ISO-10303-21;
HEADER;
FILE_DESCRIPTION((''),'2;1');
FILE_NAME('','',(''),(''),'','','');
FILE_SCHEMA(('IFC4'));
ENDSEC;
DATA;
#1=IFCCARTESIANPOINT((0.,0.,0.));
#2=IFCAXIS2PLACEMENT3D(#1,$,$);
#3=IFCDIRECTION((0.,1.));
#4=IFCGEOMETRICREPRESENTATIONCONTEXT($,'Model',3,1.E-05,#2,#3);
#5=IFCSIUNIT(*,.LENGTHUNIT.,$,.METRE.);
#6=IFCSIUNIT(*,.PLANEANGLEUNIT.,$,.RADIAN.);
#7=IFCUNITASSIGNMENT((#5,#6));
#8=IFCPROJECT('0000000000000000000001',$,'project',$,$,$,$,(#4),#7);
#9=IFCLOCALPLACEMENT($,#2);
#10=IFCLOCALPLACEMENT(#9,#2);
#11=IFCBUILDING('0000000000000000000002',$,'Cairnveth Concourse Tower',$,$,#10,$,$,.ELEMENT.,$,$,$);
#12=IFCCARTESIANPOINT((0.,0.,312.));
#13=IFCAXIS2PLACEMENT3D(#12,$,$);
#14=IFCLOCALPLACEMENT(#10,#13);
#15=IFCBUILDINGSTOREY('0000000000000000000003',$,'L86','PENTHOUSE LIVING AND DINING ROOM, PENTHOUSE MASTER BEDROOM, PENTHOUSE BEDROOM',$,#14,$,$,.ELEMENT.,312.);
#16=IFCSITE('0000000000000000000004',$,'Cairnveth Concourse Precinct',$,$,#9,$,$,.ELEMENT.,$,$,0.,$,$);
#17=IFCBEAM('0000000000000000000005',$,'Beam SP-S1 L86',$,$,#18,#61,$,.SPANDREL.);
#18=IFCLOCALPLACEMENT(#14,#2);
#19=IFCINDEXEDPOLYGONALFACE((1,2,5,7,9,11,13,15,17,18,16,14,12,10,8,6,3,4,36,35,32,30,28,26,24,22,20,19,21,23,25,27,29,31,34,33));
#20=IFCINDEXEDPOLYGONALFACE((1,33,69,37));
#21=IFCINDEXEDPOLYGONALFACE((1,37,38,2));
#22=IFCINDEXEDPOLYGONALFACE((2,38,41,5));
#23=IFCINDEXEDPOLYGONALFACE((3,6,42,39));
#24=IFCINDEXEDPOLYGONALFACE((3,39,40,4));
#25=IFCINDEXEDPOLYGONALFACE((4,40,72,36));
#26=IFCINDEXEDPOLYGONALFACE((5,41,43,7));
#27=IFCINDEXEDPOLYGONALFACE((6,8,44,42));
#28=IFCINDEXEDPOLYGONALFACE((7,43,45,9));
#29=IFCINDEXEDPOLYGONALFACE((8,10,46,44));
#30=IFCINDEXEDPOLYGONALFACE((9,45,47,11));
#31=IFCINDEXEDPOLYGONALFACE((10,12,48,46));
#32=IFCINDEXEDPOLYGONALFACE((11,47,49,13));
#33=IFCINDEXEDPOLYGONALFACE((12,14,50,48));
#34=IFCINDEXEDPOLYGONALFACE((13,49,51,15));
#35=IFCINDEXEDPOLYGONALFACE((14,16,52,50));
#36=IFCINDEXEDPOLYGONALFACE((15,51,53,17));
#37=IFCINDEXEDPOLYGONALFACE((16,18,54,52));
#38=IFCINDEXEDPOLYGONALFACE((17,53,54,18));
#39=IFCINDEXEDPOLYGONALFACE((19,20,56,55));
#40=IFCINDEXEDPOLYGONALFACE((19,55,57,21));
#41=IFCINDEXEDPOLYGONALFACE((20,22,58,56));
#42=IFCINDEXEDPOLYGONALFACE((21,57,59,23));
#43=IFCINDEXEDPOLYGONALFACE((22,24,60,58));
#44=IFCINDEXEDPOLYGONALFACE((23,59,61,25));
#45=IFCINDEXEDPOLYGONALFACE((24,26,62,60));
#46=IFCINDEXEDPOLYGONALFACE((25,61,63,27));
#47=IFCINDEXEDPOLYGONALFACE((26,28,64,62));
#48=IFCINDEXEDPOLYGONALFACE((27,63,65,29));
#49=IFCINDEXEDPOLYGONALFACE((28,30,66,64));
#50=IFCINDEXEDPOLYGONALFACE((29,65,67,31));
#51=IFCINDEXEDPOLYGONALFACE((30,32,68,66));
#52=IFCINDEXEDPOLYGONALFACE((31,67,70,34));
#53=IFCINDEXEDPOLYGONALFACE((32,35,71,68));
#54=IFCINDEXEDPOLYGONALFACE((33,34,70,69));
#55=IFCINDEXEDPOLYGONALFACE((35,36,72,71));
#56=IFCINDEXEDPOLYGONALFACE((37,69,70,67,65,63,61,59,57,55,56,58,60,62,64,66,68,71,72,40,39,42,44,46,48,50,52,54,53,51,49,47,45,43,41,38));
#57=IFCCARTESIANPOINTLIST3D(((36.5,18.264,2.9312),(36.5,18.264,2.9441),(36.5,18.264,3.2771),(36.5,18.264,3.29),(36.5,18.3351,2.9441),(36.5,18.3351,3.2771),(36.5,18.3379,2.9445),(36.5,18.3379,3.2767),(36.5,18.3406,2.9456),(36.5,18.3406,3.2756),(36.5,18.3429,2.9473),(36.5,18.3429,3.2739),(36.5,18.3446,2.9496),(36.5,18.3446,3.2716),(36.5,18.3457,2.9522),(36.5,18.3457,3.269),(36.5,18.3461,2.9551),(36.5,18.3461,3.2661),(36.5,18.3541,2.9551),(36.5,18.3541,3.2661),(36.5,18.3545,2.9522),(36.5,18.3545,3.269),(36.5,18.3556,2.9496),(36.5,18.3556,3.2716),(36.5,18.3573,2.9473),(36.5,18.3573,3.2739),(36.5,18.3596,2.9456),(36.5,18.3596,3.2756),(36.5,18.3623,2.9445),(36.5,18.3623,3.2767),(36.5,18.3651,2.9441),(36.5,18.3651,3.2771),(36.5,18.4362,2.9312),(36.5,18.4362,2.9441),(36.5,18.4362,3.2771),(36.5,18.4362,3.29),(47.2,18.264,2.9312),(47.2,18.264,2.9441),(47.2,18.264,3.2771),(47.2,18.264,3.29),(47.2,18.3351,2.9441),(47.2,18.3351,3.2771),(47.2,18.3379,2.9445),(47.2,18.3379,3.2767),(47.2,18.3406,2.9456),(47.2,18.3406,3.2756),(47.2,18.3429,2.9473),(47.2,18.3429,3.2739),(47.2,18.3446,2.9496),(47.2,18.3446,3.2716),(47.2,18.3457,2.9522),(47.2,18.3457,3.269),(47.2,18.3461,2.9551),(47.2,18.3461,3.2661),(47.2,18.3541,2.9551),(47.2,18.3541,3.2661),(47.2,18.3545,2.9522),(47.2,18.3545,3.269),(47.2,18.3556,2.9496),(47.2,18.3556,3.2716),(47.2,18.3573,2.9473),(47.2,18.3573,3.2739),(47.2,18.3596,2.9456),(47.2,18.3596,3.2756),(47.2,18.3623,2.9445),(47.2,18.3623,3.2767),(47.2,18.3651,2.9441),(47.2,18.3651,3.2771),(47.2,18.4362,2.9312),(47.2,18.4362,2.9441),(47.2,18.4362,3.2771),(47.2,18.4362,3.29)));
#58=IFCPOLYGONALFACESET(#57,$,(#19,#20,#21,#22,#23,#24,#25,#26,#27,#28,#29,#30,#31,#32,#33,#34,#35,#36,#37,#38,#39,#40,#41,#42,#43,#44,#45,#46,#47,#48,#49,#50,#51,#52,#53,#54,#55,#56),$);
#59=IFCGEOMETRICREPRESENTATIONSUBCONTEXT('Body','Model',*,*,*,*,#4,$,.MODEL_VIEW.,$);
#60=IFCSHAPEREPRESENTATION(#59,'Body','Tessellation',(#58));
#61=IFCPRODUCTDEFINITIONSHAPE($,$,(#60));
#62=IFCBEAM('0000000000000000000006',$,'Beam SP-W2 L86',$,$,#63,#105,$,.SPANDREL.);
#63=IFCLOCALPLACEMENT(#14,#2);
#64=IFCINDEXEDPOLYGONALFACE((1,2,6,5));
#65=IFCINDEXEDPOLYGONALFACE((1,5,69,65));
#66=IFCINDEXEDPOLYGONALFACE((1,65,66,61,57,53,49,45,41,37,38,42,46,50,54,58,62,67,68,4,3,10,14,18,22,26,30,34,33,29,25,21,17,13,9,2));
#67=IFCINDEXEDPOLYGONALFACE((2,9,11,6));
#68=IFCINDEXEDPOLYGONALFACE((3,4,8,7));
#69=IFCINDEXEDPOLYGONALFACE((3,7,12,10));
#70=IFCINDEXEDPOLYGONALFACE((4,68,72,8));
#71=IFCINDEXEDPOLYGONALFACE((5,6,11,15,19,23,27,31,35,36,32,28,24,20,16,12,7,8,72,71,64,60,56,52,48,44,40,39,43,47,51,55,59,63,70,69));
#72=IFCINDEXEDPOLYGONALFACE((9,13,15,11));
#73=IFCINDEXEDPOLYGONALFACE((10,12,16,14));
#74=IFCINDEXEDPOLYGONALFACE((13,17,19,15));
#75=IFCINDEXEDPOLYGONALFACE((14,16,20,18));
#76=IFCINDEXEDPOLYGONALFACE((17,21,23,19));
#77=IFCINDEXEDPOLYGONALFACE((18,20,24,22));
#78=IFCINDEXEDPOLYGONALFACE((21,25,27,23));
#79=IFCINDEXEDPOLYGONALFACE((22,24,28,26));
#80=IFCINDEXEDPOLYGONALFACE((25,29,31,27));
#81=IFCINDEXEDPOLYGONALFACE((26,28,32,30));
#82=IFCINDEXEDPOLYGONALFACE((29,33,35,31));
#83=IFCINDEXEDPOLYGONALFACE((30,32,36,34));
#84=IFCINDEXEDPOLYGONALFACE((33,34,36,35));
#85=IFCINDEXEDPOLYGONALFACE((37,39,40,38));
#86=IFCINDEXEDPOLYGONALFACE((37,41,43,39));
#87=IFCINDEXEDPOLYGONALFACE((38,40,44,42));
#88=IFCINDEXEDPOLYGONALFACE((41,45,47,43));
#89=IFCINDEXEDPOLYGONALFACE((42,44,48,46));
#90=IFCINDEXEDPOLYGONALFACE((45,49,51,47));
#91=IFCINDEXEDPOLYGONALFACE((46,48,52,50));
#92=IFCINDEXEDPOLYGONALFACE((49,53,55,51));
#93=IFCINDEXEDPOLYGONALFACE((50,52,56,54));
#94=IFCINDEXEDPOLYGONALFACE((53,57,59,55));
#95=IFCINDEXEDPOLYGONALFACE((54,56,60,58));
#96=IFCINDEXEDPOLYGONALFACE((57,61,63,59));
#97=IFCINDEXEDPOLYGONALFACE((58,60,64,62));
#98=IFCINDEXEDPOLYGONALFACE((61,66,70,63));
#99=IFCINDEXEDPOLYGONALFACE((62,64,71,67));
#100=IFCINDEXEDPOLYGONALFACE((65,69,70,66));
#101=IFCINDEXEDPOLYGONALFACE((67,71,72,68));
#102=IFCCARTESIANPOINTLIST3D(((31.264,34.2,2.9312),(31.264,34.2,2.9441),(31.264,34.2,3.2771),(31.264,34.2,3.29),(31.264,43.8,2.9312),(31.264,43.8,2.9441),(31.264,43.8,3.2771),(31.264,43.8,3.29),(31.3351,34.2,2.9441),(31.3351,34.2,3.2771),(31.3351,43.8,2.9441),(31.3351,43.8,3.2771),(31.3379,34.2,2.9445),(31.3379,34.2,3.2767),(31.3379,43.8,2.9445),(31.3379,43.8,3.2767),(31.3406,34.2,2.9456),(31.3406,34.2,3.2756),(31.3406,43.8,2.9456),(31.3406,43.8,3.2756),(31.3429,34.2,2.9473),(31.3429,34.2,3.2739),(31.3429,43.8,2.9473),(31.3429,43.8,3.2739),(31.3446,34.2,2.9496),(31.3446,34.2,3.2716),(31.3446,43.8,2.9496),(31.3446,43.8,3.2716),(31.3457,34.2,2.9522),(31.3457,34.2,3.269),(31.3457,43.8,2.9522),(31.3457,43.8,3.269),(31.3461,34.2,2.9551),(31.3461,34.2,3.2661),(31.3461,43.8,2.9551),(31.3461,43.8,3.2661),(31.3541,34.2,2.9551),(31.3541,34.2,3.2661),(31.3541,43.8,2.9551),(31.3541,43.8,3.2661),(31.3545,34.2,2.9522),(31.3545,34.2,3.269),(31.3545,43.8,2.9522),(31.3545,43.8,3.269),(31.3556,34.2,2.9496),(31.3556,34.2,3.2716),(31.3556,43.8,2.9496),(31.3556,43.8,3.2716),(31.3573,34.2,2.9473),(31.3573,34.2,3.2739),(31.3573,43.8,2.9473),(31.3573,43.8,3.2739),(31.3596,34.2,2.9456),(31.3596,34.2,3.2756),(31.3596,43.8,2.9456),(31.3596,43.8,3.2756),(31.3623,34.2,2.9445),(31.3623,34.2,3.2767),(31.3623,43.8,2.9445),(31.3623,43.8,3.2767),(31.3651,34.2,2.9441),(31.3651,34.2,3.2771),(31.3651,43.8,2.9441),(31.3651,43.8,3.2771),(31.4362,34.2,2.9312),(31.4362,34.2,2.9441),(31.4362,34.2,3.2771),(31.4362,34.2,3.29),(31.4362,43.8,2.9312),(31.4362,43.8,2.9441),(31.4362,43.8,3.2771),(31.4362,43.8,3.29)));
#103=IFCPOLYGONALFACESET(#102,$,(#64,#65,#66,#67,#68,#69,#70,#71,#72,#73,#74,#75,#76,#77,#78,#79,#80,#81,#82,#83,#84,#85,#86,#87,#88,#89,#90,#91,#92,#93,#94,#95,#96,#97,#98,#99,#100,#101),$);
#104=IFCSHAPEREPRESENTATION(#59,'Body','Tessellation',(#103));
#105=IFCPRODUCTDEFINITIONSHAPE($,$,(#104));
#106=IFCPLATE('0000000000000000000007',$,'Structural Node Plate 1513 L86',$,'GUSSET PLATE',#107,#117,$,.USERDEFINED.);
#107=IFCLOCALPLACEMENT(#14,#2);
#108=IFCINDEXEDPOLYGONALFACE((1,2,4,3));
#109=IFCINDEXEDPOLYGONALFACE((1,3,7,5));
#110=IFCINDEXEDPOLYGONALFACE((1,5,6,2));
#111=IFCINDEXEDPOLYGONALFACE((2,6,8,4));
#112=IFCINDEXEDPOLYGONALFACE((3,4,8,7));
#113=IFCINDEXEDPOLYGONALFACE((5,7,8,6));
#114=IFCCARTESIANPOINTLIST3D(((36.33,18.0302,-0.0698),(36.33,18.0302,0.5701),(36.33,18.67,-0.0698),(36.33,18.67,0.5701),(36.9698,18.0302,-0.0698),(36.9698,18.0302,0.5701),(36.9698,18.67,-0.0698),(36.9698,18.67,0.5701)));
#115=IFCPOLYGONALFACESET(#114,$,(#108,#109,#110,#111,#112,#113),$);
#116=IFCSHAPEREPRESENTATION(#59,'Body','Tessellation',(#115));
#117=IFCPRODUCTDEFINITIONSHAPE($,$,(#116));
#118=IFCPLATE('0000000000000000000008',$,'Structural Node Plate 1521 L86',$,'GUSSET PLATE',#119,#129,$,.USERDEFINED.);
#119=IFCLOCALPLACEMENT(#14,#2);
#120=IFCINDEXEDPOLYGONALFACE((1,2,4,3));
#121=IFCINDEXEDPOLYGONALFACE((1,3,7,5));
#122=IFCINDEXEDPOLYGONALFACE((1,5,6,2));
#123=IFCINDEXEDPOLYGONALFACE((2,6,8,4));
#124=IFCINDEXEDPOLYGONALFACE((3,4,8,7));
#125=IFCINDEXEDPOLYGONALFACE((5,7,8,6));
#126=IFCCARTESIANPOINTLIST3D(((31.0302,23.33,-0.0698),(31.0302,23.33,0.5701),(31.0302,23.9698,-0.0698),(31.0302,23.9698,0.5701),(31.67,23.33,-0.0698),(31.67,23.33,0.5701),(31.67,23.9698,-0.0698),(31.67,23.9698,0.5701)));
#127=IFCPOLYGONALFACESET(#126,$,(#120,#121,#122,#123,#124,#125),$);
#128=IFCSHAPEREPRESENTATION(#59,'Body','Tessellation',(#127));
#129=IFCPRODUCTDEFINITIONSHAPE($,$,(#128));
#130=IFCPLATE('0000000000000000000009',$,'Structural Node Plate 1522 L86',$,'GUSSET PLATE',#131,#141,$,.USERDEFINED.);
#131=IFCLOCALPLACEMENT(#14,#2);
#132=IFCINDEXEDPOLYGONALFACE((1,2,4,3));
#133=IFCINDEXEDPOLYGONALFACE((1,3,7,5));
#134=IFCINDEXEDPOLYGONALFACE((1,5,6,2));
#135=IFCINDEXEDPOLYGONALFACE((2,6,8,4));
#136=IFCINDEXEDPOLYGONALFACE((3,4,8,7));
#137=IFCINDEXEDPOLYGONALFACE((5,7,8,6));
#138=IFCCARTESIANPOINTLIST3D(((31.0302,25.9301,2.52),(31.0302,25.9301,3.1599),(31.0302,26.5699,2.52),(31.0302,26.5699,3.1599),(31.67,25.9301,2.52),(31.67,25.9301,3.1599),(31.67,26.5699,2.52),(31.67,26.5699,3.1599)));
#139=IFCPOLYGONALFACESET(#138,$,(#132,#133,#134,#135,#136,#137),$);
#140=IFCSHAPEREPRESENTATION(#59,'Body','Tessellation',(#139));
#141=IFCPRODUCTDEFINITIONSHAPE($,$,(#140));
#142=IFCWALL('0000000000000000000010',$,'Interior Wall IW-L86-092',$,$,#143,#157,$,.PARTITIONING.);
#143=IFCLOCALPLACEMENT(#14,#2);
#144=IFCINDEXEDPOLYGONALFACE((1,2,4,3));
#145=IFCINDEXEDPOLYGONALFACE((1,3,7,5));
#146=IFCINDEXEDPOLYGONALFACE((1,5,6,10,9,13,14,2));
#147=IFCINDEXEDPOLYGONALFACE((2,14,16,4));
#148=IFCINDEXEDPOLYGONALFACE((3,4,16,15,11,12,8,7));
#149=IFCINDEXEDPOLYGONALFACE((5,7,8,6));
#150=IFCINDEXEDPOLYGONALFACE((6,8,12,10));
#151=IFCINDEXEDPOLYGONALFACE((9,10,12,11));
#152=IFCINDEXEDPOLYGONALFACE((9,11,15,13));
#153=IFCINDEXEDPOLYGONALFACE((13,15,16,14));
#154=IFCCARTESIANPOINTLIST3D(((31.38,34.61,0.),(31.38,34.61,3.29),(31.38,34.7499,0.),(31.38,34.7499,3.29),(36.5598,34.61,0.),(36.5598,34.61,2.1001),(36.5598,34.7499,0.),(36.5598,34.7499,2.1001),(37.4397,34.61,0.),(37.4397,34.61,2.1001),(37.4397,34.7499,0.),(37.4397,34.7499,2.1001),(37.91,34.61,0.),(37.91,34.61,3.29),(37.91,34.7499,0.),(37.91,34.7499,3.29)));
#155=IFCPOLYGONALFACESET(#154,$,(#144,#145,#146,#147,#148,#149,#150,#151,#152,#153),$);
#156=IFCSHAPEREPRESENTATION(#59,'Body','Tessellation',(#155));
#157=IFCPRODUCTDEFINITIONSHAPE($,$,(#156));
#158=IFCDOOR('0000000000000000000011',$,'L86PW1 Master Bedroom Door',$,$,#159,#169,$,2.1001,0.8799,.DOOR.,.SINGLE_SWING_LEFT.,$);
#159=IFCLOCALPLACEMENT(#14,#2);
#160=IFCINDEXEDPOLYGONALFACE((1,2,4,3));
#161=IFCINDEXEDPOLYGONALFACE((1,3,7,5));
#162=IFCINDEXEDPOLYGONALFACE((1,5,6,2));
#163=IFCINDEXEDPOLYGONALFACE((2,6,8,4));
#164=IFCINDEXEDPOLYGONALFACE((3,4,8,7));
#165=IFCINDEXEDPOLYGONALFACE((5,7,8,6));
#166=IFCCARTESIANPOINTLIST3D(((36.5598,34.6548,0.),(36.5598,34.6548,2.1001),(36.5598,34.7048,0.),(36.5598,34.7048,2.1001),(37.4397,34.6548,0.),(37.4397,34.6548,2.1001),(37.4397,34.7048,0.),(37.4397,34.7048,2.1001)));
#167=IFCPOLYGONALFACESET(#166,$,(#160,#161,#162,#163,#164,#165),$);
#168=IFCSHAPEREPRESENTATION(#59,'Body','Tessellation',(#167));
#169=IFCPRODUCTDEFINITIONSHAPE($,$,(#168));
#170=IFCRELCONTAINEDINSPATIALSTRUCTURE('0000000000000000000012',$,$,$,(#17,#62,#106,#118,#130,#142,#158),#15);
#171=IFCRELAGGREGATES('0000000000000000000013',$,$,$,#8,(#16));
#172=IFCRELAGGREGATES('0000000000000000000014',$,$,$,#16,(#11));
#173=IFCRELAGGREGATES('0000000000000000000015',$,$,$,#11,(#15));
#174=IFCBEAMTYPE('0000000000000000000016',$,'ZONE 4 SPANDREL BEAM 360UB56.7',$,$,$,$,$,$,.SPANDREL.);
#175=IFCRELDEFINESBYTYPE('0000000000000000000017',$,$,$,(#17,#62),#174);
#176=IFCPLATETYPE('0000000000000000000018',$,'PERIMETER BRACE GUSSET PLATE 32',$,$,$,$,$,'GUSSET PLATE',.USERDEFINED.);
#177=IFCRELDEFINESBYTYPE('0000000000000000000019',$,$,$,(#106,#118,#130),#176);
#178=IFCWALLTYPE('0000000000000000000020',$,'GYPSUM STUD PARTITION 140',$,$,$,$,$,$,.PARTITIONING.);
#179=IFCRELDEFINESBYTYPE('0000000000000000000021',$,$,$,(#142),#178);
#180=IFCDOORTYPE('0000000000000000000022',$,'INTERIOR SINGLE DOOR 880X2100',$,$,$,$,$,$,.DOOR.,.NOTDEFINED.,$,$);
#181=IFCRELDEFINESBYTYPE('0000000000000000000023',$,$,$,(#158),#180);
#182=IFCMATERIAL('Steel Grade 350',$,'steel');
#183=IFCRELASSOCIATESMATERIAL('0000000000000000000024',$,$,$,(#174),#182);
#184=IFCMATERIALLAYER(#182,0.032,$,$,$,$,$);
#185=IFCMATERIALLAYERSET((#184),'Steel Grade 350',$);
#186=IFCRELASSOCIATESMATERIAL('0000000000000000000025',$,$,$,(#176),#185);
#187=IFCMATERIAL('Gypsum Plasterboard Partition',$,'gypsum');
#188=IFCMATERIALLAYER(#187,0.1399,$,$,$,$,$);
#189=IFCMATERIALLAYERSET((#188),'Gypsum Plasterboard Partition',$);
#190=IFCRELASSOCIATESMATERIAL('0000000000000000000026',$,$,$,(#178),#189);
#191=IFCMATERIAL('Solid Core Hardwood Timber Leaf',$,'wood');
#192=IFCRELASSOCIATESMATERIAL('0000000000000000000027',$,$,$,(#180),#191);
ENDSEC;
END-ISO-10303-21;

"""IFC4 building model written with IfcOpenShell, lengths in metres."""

from ifc_helpers import new_model, si_unit, direction, frame, frame_2d, origin, origin_2d, place, context, subcontext, project, spatial, rectangle, i_section, extrude, material, layer, layer_set, material_profile, profile_set, type_object, element, fill, save


model = new_model("IFC4")

# Units and contexts
model_context = context("Model", 3, precision=1e-05, world=origin(), true_north=direction((0.0, 1.0)))
body_context = subcontext(model_context, "Body", "Model", "MODEL_VIEW")
ifc_project = project(units=[si_unit("LENGTHUNIT", "METRE"), si_unit("PLANEANGLEUNIT", "RADIAN")], contexts=[model_context])

# Site, building, storey
site_placement = place(None, origin())
site = spatial("IfcSite", under=ifc_project, at=site_placement, Name="Cairnveth Concourse Precinct", CompositionType="ELEMENT", RefElevation=0.0)
building_placement = place(site_placement, origin())
building = spatial("IfcBuilding", under=site, at=building_placement, Name="Cairnveth Concourse Tower", CompositionType="ELEMENT")
storey_placement = place(building_placement, frame((0.0, 0.0, 312.0)))
storey = spatial("IfcBuildingStorey", under=building, at=storey_placement, Name="L86", Description="PENTHOUSE LIVING AND DINING ROOM, PENTHOUSE MASTER BEDROOM, PENTHOUSE BEDROOM", CompositionType="ELEMENT", Elevation=312.0)

# Shared definitions
ifc_material_1 = material(Name="Steel Grade 350", Category="steel")

# Beams
ifc_material_profile_1 = material_profile(ifc_material_1, i_section(OverallWidth=0.1721, OverallDepth=0.3589, WebThickness=0.0081, FlangeThickness=0.0129, FilletRadius=0.011, at=origin_2d()), Name="360UB56.7")
ifc_profile_set_1 = profile_set([ifc_material_profile_1], Name="Steel Grade 350")
beam_type_1 = type_object("IfcBeamType", Name="ZONE 4 SPANDREL BEAM 360UB56.7", PredefinedType="SPANDREL", material=ifc_profile_set_1)
beam_1_placement = place(storey_placement, frame((36.5, 18.3501, 3.1106), z_axis=(1.0, 0.0, 0.0), x_axis=(0.0, 1.0, 0.0)))
element("IfcBeam", 1, at=beam_1_placement, inside=storey, type_object=beam_type_1, Name="Beam SP-S1 L86", PredefinedType="SPANDREL", context=body_context, shape_type="SweptSolid", body=[
    extrude(i_section(OverallWidth=0.1721, OverallDepth=0.3589, WebThickness=0.0081, FlangeThickness=0.0129, FilletRadius=0.011, at=origin_2d()), origin(), (0.0, 0.0, 1.0), 10.7),
])
beam_2_placement = place(storey_placement, frame((31.3501, 34.2, 3.1106), z_axis=(0.0, 1.0, 0.0), x_axis=(-1.0, 0.0, 0.0)))
element("IfcBeam", 2, at=beam_2_placement, inside=storey, type_object=beam_type_1, Name="Beam SP-W2 L86", PredefinedType="SPANDREL", context=body_context, shape_type="SweptSolid", body=[
    extrude(i_section(OverallWidth=0.1721, OverallDepth=0.3589, WebThickness=0.0081, FlangeThickness=0.0129, FilletRadius=0.011, at=origin_2d()), origin(), (0.0, 0.0, 1.0), 9.6001),
])

# Plates
ifc_layer_1 = layer(ifc_material_1, 0.032)
ifc_layer_set_1 = layer_set([ifc_layer_1], Name="Steel Grade 350")
plate_type = type_object("IfcPlateType", Name="PERIMETER BRACE GUSSET PLATE 32", ElementType="GUSSET PLATE", PredefinedType="USERDEFINED", material=ifc_layer_set_1)
for number, where, z_axis, x_axis, name in (
    (3, (36.6499, 18.3501, -0.0698), (0.0, 0.0, 1.0), (1.0, 0.0, 0.0), "Structural Node Plate 1513 L86"),
    (4, (31.3501, 23.6499, -0.0698), (0.0, 0.0, 1.0), (1.0, 0.0, 0.0), "Structural Node Plate 1521 L86"),
    (5, (31.3501, 26.25, 2.52), (0.0, 0.0, 1.0), (1.0, 0.0, 0.0), "Structural Node Plate 1522 L86"),
):
    element("IfcPlate", number, at=place(storey_placement, frame(where, z_axis=z_axis, x_axis=x_axis)), inside=storey, type_object=plate_type, Name=name, ObjectType="GUSSET PLATE", PredefinedType="USERDEFINED", context=body_context, shape_type="SweptSolid", body=[
        extrude(rectangle(XDim=0.6399, YDim=0.6399, at=origin_2d()), origin(), (0.0, 0.0, 1.0), 0.6399),
    ])

# Wall, opening, door
ifc_material_2 = material(Name="Gypsum Plasterboard Partition", Category="gypsum")
ifc_layer_2 = layer(ifc_material_2, 0.1399)
ifc_layer_set_2 = layer_set([ifc_layer_2], Name="Gypsum Plasterboard Partition")
wall_type_1 = type_object("IfcWallType", Name="GYPSUM STUD PARTITION 140", PredefinedType="PARTITIONING", material=ifc_layer_set_2)
wall_1_placement = place(storey_placement, frame((31.3799, 34.6799, 0.0), z_axis=(0.0, 0.0, 1.0), x_axis=(1.0, 0.0, 0.0)))
wall_1 = element("IfcWall", 6, at=wall_1_placement, inside=storey, type_object=wall_type_1, Name="Interior Wall IW-L86-092", PredefinedType="PARTITIONING", context=body_context, shape_type="SweptSolid", body=[
    extrude(rectangle(XDim=6.53, YDim=0.1399, at=frame_2d((3.2651, 0.0))), origin(), (0.0, 0.0, 1.0), 3.29),
])
opening_1_placement = place(wall_1_placement, frame((5.1799, 0.0, 0.0)))
opening_1 = element("IfcOpeningElement", 7, at=opening_1_placement, cuts=wall_1, PredefinedType="OPENING", context=body_context, shape_type="SweptSolid", body=[
    extrude(rectangle(XDim=0.8799, YDim=2.1001, at=frame_2d((0.4399, 1.05))), frame((0.0, 0.0798, 0.0), z_axis=(0.0, -1.0, 0.0), x_axis=(1.0, 0.0, 0.0)), (0.0, 0.0, 1.0), 0.1599),
])
ifc_material_3 = material(Name="Solid Core Hardwood Timber Leaf", Category="wood")
door_type = type_object("IfcDoorType", Name="INTERIOR SINGLE DOOR 880X2100", OperationType="NOTDEFINED", PredefinedType="DOOR", material=ifc_material_3)
door_placement = place(opening_1_placement, origin())
door = element("IfcDoor", 8, at=door_placement, inside=storey, type_object=door_type, Name="L86PW1 Master Bedroom Door", OperationType="SINGLE_SWING_LEFT", OverallHeight=2.1001, OverallWidth=0.8799, PredefinedType="DOOR", context=body_context, shape_type="SweptSolid", body=[
    extrude(rectangle(XDim=0.8799, YDim=2.1001, at=frame_2d((0.4399, 1.05))), frame((0.0, 0.0249, 0.0), z_axis=(0.0, -1.0, 0.0), x_axis=(1.0, 0.0, 0.0)), (0.0, 0.0, 1.0), 0.05),
])
fill(opening_1, door)

save(model, "model.ifc")
